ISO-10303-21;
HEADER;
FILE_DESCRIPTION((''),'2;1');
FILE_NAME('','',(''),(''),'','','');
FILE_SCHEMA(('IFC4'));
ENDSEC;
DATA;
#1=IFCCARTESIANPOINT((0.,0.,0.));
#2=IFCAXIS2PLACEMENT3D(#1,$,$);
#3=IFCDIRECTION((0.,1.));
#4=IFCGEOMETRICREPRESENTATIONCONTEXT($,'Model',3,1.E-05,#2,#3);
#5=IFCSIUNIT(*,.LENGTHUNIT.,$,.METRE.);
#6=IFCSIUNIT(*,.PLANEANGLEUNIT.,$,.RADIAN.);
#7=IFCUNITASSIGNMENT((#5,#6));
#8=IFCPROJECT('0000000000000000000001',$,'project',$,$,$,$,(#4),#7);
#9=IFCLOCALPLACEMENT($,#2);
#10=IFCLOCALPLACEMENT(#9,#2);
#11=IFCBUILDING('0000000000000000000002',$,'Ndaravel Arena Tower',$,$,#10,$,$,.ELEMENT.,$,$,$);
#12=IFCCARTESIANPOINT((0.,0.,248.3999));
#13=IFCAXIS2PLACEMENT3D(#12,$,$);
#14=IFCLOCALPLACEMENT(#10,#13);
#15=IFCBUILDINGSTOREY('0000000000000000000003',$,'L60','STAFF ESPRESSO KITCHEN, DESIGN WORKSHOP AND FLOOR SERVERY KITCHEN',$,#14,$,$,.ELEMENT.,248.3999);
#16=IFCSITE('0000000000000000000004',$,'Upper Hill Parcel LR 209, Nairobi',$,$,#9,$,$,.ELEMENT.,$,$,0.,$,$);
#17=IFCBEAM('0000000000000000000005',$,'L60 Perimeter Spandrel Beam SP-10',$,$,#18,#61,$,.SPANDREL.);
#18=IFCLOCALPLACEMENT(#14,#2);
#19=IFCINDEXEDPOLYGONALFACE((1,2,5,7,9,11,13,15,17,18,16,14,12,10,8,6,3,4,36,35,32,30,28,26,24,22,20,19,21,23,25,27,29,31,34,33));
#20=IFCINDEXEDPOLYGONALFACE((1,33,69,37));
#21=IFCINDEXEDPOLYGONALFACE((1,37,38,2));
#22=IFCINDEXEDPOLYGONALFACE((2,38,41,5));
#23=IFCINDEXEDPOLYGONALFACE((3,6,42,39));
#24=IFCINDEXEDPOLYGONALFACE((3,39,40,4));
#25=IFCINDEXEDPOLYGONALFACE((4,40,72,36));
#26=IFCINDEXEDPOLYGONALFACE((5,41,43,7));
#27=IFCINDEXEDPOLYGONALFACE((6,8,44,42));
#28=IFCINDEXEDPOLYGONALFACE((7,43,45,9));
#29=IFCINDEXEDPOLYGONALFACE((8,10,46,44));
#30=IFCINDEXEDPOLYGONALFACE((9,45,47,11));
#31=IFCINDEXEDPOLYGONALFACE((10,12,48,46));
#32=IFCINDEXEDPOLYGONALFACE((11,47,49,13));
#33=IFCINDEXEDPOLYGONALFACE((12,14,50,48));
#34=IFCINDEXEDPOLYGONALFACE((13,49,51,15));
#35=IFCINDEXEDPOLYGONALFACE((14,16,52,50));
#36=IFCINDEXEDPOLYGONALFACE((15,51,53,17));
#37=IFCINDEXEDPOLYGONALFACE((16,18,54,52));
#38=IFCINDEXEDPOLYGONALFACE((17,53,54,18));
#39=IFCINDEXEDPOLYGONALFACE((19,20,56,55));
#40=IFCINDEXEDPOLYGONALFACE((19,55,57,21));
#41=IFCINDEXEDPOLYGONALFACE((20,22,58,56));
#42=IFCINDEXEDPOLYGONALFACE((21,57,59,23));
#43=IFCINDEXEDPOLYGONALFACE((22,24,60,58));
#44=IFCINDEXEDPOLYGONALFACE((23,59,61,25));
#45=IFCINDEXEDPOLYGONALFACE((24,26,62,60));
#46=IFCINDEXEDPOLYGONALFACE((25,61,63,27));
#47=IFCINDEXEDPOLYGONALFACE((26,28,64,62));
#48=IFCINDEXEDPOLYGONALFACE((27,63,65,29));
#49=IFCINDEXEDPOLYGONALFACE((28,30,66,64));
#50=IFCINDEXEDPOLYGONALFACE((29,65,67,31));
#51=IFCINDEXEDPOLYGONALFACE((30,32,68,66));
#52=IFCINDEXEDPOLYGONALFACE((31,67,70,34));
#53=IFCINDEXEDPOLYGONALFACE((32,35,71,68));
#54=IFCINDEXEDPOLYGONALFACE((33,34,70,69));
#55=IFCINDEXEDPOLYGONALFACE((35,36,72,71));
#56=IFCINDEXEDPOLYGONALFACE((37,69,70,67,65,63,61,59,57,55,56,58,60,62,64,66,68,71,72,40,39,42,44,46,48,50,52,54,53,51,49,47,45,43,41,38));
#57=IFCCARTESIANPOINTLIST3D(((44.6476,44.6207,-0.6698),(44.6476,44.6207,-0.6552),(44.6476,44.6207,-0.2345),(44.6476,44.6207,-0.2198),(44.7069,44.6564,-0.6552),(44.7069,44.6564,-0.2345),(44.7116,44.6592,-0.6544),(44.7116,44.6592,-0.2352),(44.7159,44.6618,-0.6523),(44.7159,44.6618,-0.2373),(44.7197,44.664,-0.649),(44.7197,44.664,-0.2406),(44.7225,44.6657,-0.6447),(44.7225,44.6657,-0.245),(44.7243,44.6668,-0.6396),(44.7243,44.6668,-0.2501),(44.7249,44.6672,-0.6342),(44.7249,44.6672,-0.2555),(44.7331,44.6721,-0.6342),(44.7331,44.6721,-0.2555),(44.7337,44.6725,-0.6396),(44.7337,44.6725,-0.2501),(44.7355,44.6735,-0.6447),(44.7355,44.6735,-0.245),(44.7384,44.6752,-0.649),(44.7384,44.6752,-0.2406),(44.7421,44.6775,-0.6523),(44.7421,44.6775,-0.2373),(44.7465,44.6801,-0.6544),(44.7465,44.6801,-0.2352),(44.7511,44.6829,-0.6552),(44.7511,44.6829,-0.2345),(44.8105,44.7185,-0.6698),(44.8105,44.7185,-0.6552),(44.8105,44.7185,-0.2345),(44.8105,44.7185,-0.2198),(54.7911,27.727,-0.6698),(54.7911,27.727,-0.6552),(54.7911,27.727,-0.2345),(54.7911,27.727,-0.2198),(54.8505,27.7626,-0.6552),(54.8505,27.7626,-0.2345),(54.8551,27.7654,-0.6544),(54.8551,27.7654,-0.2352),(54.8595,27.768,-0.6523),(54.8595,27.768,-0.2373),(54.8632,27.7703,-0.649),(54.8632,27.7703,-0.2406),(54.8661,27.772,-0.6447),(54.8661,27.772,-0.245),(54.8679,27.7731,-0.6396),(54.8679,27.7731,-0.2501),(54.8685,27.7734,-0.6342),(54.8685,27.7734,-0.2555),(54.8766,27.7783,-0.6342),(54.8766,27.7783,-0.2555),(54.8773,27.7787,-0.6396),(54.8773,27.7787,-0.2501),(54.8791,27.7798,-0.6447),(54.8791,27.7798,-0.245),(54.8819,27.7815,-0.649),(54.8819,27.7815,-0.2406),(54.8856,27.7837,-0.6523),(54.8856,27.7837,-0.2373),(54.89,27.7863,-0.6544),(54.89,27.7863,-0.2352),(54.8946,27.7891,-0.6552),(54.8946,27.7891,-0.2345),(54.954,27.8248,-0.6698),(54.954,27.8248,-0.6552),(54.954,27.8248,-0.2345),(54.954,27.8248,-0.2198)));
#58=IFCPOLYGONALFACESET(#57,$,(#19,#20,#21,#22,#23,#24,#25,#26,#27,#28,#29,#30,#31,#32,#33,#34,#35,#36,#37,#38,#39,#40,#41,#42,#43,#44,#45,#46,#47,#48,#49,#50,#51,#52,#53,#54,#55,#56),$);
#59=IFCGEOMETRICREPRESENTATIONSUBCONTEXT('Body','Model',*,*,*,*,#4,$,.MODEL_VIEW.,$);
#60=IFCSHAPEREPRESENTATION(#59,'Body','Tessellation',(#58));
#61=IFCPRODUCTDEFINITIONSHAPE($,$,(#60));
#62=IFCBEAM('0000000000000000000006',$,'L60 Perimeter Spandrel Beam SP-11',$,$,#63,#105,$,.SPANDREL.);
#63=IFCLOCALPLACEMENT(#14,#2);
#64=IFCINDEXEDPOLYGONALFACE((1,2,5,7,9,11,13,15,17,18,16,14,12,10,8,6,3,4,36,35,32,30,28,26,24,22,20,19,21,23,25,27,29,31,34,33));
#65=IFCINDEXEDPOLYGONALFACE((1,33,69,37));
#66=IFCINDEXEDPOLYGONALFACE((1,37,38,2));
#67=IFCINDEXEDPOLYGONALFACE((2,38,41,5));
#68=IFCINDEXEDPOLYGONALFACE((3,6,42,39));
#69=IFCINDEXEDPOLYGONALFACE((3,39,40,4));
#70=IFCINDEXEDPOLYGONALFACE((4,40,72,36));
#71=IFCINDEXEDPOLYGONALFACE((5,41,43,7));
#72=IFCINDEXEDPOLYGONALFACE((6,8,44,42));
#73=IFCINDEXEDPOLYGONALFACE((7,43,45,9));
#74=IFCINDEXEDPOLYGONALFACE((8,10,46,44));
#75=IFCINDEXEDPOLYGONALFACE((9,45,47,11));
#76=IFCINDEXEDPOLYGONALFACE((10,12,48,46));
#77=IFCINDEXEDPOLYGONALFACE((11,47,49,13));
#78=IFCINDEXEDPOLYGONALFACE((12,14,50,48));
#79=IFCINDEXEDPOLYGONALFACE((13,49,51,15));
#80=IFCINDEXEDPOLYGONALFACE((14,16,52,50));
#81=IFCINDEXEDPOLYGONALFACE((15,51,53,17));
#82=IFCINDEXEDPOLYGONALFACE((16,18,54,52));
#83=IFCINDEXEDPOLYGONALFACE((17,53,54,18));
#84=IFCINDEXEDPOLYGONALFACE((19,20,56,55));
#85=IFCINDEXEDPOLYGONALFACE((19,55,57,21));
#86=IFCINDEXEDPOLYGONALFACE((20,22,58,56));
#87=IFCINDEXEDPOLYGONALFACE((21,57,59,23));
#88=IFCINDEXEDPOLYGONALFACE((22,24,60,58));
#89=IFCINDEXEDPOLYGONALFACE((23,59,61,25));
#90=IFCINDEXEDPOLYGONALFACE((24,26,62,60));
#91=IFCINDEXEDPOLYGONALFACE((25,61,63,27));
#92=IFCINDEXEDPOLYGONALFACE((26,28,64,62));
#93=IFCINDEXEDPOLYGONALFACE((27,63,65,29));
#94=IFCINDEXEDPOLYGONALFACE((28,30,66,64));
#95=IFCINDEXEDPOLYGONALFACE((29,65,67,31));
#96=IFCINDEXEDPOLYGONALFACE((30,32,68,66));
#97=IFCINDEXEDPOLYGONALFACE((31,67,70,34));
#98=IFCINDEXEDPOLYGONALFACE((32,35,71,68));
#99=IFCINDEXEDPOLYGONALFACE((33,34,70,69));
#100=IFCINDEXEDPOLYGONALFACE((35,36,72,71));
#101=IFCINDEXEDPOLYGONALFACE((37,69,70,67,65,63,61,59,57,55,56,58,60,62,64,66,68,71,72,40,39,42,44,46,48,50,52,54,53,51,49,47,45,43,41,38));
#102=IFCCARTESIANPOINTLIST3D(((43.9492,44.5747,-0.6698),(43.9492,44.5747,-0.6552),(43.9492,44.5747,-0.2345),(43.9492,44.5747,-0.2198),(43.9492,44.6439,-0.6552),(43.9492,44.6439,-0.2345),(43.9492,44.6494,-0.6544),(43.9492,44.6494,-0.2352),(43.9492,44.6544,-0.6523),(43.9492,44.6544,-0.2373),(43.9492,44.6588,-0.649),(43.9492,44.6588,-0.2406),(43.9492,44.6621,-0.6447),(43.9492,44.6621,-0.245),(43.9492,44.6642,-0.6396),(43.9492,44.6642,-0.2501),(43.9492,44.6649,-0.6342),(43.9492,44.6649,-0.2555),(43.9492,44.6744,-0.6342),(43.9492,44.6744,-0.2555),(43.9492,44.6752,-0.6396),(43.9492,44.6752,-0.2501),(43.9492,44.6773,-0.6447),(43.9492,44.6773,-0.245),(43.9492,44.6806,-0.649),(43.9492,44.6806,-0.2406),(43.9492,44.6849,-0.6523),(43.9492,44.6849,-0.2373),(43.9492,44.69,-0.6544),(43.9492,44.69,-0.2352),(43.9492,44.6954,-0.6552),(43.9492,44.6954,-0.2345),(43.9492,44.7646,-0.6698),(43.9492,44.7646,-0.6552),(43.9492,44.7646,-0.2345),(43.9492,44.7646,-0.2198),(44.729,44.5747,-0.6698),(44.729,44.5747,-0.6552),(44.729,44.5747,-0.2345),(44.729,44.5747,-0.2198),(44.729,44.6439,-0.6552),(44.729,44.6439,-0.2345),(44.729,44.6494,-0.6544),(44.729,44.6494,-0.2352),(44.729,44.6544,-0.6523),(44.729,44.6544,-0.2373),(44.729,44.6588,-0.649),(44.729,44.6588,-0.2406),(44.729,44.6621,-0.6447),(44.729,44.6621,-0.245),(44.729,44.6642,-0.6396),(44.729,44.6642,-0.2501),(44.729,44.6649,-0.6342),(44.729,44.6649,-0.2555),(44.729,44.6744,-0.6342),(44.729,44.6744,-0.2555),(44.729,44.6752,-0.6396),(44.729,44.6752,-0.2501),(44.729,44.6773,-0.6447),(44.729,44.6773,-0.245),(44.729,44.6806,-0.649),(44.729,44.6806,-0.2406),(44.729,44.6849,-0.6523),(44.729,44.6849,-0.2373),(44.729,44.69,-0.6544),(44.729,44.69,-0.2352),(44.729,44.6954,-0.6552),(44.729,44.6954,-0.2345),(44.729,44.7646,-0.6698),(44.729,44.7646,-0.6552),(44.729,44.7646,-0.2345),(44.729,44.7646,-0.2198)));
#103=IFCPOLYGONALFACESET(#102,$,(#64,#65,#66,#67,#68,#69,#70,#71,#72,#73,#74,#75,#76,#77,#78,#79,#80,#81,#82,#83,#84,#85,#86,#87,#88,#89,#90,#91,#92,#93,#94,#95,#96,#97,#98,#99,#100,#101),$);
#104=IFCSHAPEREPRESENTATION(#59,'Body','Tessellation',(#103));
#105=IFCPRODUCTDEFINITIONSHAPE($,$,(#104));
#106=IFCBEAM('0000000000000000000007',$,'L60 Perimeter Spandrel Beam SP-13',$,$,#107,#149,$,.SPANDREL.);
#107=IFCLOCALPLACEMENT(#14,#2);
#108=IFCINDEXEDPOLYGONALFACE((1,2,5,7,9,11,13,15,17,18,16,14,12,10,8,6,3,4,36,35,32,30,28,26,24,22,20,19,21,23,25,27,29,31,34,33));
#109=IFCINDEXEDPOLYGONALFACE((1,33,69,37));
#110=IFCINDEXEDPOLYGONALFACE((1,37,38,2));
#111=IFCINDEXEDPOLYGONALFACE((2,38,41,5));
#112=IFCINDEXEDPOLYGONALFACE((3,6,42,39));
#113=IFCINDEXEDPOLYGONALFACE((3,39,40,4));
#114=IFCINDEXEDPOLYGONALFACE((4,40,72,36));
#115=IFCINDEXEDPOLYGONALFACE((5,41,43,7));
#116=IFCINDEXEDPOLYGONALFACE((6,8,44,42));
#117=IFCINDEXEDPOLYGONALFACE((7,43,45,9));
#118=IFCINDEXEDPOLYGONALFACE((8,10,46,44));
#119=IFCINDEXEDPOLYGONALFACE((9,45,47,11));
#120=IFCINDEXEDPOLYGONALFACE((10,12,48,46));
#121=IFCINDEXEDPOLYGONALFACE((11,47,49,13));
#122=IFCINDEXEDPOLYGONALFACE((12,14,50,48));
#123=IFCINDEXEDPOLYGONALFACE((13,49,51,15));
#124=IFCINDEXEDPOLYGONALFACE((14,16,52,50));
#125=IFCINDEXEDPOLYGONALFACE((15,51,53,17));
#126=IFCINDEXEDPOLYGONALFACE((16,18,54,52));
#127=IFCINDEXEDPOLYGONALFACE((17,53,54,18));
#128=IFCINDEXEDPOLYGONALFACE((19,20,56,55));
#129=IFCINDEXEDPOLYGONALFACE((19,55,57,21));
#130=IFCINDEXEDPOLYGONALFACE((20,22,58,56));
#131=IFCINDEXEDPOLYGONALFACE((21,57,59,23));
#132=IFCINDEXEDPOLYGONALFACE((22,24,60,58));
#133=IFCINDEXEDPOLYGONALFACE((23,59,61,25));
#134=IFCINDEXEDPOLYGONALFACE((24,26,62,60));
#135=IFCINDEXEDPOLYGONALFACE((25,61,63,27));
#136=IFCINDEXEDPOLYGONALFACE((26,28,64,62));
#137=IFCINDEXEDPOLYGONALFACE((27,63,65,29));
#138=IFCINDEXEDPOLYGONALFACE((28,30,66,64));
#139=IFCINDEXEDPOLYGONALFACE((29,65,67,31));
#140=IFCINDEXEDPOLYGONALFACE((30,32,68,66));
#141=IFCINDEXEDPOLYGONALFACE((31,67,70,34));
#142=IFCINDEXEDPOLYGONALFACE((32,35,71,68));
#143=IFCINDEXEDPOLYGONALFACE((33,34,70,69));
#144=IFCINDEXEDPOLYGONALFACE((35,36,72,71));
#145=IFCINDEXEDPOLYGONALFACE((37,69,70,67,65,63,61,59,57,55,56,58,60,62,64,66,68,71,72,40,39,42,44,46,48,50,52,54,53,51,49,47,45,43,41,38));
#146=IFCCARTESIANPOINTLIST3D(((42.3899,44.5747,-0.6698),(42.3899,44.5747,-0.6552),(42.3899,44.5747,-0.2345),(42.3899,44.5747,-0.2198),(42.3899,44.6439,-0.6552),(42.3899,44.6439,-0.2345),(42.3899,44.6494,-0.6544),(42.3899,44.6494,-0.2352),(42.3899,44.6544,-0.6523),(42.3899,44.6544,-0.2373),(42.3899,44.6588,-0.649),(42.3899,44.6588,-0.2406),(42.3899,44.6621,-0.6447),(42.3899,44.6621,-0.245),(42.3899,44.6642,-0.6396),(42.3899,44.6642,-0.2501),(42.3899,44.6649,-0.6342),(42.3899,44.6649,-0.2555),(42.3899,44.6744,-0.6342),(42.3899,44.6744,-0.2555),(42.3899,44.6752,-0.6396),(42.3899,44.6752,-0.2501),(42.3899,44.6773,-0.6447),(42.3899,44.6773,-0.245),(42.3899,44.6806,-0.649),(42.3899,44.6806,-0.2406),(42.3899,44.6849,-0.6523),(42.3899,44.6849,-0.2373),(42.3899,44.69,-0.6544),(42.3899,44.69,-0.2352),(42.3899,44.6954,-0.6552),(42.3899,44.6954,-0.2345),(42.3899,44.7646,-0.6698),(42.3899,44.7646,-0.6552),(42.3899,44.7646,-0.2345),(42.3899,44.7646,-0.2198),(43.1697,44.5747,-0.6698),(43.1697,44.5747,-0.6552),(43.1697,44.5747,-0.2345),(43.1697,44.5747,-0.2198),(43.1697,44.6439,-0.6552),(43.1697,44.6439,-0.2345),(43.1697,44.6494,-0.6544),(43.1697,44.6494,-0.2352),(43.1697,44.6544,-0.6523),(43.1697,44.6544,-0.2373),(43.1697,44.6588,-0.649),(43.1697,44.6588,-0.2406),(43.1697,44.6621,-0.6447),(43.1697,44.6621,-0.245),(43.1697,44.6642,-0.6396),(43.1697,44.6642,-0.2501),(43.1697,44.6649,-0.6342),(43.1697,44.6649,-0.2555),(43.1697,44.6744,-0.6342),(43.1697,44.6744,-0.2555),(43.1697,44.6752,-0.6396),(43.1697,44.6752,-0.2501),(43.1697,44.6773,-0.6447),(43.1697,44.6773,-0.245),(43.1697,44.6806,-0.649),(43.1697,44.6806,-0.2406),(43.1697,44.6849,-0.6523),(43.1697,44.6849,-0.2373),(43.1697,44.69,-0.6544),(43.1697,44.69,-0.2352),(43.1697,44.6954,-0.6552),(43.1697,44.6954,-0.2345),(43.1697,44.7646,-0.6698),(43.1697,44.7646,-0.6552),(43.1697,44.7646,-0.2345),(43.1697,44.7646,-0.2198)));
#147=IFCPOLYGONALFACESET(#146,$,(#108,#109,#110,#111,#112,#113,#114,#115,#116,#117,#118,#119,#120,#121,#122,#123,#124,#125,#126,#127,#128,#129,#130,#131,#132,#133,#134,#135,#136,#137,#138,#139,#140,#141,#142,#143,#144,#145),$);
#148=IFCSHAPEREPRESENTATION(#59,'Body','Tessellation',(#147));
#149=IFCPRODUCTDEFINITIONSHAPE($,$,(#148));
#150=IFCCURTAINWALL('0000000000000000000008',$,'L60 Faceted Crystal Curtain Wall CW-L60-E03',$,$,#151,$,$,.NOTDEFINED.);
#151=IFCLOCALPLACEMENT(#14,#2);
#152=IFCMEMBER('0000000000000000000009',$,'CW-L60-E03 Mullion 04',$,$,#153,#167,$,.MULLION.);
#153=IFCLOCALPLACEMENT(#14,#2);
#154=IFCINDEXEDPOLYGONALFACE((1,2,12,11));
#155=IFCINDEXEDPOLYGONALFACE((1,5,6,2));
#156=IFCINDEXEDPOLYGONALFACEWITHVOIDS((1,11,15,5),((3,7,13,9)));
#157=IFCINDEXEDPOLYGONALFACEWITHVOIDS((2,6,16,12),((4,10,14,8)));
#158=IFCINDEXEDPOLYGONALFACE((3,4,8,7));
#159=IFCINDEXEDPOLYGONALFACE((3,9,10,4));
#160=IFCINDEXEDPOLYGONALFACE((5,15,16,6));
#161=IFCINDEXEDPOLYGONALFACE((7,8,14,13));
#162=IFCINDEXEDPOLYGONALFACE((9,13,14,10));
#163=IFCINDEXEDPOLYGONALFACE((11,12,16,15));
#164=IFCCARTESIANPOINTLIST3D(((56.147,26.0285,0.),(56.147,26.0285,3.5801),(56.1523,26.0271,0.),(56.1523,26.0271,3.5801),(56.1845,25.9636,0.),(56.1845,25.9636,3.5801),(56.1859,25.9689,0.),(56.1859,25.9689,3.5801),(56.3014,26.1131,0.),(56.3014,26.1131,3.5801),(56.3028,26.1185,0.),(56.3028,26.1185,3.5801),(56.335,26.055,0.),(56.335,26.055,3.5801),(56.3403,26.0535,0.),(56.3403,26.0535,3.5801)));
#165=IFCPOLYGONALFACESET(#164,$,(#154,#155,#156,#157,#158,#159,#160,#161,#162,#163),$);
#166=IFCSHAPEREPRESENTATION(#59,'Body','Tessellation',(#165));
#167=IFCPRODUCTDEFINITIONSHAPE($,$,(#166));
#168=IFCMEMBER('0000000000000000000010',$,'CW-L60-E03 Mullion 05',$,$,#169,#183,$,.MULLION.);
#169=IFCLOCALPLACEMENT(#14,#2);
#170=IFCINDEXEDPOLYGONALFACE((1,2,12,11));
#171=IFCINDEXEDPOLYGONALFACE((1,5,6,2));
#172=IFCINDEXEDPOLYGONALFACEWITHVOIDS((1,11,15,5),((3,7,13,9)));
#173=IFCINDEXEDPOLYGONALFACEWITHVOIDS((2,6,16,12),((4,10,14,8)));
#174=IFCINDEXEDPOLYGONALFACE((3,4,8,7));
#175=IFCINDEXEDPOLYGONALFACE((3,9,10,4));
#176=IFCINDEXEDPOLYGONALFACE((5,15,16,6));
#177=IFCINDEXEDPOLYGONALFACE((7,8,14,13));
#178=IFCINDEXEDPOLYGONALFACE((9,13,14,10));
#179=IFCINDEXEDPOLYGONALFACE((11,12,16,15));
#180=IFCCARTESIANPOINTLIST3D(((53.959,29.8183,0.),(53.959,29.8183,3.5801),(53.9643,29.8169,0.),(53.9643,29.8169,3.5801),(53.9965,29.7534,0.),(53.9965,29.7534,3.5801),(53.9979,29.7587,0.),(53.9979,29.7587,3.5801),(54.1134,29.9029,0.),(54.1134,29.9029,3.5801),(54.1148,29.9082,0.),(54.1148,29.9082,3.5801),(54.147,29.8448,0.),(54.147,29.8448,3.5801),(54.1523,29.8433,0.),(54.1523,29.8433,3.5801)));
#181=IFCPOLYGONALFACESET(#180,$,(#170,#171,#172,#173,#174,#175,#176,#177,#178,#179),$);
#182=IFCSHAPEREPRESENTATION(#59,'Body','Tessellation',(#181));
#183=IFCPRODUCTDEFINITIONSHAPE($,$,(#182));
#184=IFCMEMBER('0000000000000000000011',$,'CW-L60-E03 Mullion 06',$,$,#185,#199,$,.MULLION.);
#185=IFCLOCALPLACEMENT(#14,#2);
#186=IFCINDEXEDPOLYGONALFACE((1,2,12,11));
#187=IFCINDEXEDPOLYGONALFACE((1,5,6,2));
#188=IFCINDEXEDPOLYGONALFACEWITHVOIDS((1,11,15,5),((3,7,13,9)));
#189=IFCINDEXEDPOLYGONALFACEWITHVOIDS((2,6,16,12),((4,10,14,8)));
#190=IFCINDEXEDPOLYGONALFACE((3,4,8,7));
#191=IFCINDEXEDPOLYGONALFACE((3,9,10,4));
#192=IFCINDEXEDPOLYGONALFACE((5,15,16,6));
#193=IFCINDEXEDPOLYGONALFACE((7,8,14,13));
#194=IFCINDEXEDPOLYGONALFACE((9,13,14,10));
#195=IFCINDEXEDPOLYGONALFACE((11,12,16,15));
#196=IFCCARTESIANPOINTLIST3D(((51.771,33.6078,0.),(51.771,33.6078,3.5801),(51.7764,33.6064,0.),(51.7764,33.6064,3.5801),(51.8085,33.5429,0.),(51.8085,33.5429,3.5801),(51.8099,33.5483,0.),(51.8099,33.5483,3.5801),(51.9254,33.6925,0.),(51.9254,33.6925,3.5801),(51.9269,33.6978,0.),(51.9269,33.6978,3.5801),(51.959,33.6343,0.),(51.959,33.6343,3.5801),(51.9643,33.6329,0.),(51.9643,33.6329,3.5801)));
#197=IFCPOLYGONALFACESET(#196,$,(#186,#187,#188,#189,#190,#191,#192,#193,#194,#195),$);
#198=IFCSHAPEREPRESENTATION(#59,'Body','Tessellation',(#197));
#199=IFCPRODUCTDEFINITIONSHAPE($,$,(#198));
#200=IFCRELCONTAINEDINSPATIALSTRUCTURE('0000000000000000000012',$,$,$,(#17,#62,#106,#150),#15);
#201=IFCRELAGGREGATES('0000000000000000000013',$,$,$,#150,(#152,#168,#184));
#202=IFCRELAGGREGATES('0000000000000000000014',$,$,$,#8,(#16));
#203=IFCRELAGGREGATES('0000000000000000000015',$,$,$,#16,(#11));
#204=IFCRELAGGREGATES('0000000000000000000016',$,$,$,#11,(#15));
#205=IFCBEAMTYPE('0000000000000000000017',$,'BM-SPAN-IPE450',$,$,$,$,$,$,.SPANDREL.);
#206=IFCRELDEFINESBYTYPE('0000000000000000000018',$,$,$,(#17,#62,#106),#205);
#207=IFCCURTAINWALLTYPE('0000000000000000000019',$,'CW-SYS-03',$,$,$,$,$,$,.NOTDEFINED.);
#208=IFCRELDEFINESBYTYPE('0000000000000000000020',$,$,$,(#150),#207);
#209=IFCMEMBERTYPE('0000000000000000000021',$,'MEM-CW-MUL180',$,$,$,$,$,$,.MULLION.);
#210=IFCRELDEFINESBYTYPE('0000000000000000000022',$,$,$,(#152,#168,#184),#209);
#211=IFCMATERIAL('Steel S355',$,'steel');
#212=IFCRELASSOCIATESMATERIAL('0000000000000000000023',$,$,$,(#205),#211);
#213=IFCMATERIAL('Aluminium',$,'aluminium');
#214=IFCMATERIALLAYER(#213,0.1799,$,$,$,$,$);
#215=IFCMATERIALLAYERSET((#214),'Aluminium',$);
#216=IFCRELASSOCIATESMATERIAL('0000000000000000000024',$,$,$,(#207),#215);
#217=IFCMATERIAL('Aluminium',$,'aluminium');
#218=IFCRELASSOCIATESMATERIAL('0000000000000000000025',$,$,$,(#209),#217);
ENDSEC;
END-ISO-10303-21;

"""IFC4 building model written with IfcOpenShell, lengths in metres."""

from ifc_helpers import new_model, si_unit, direction, frame, origin, origin_2d, place, context, subcontext, project, spatial, hollow_rectangle, i_section, extrude, material, layer, layer_set, material_profile, profile_set, type_object, element, aggregate, save


model = new_model("IFC4")

# Units and contexts
model_context = context("Model", 3, precision=1e-05, world=origin(), true_north=direction((0.0, 1.0)))
body_context = subcontext(model_context, "Body", "Model", "MODEL_VIEW")
ifc_project = project(units=[si_unit("LENGTHUNIT", "METRE"), si_unit("PLANEANGLEUNIT", "RADIAN")], contexts=[model_context])

# Site, building, storey
site_placement = place(None, origin())
site = spatial("IfcSite", under=ifc_project, at=site_placement, Name="Upper Hill Parcel LR 209, Nairobi", CompositionType="ELEMENT", RefElevation=0.0)
building_placement = place(site_placement, origin())
building = spatial("IfcBuilding", under=site, at=building_placement, Name="Ndaravel Arena Tower", CompositionType="ELEMENT")
storey_placement = place(building_placement, frame((0.0, 0.0, 248.3999)))
storey = spatial("IfcBuildingStorey", under=building, at=storey_placement, Name="L60", Description="STAFF ESPRESSO KITCHEN, DESIGN WORKSHOP AND FLOOR SERVERY KITCHEN", CompositionType="ELEMENT", Elevation=248.3999)

# Beams
ifc_material_1 = material(Name="Steel S355", Category="steel")
ifc_material_profile_1 = material_profile(ifc_material_1, i_section(OverallWidth=0.1899, OverallDepth=0.45, WebThickness=0.0095, FlangeThickness=0.0146, FilletRadius=0.021, at=origin_2d()), Name="IPE 450")
ifc_profile_set_1 = profile_set([ifc_material_profile_1], Name="Steel S355")
beam_type_1 = type_object("IfcBeamType", Name="BM-SPAN-IPE450", PredefinedType="SPANDREL", material=ifc_profile_set_1)
beam_1_placement = place(storey_placement, frame((54.8726, 27.7759, -0.4448), z_axis=(-0.514767, 0.85733, 0.0), x_axis=(-0.85733, -0.514767, 0.0)))
element("IfcBeam", 1, at=beam_1_placement, inside=storey, type_object=beam_type_1, Name="L60 Perimeter Spandrel Beam SP-10", PredefinedType="SPANDREL", context=body_context, shape_type="SweptSolid", body=[
    extrude(i_section(OverallWidth=0.1899, OverallDepth=0.45, WebThickness=0.0095, FlangeThickness=0.0146, FilletRadius=0.021, at=origin_2d()), origin(), (0.0, 0.0, 1.0), 19.7051),
])
for number, where, z_axis, x_axis, name in (
    (2, (44.729, 44.6697, -0.4448), (-1.0, 0.0, 0.0), (0.0, -1.0, 0.0), "L60 Perimeter Spandrel Beam SP-11"),
    (3, (43.1697, 44.6697, -0.4448), (-1.0, 0.0, 0.0), (0.0, -1.0, 0.0), "L60 Perimeter Spandrel Beam SP-13"),
):
    element("IfcBeam", number, at=place(storey_placement, frame(where, z_axis=z_axis, x_axis=x_axis)), inside=storey, type_object=beam_type_1, Name=name, PredefinedType="SPANDREL", context=body_context, shape_type="SweptSolid", body=[
        extrude(i_section(OverallWidth=0.1899, OverallDepth=0.45, WebThickness=0.0095, FlangeThickness=0.0146, FilletRadius=0.021, at=origin_2d()), origin(), (0.0, 0.0, 1.0), 0.7798),
    ])

# Curtain wall, members
ifc_material_2 = material(Name="Aluminium", Category="aluminium")
ifc_layer_1 = layer(ifc_material_2, 0.1799)
ifc_layer_set_1 = layer_set([ifc_layer_1], Name="Aluminium")
curtain_wall_type_1 = type_object("IfcCurtainWallType", Name="CW-SYS-03", PredefinedType="NOTDEFINED", material=ifc_layer_set_1)
curtain_wall_1_placement = place(storey_placement, origin())
curtain_wall_1 = element("IfcCurtainWall", 4, at=curtain_wall_1_placement, inside=storey, type_object=curtain_wall_type_1, Name="L60 Faceted Crystal Curtain Wall CW-L60-E03", PredefinedType="NOTDEFINED")
ifc_material_3 = material(Name="Aluminium", Category="aluminium")
ifc_material_profile_2 = material_profile(ifc_material_3, hollow_rectangle(XDim=0.075, YDim=0.1799, WallThickness=0.0039, at=origin_2d()), Name="CW MULLION 75x180x4")
ifc_profile_set_2 = profile_set([ifc_material_profile_2], Name="Aluminium")
member_type_1 = type_object("IfcMemberType", Name="MEM-CW-MUL180", PredefinedType="MULLION", material=ifc_profile_set_2)
member_1_placement = place(storey_placement, frame((56.2437, 26.041, 0.0), z_axis=(0.0, 0.0, 1.0), x_axis=(-0.5, 0.866025, 0.0)))
member_1 = element("IfcMember", 5, at=member_1_placement, type_object=member_type_1, Name="CW-L60-E03 Mullion 04", PredefinedType="MULLION", context=body_context, shape_type="SweptSolid", body=[
    extrude(hollow_rectangle(XDim=0.075, YDim=0.1799, WallThickness=0.0039, at=origin_2d()), origin(), (0.0, 0.0, 1.0), 3.5801),
])
member_2_placement = place(storey_placement, frame((54.0557, 29.8308, 0.0), z_axis=(0.0, 0.0, 1.0), x_axis=(-0.5, 0.866025, 0.0)))
member_2 = element("IfcMember", 6, at=member_2_placement, type_object=member_type_1, Name="CW-L60-E03 Mullion 05", PredefinedType="MULLION", context=body_context, shape_type="SweptSolid", body=[
    extrude(hollow_rectangle(XDim=0.075, YDim=0.1799, WallThickness=0.0039, at=origin_2d()), origin(), (0.0, 0.0, 1.0), 3.5801),
])
member_3_placement = place(storey_placement, frame((51.8677, 33.6204, 0.0), z_axis=(0.0, 0.0, 1.0), x_axis=(-0.5, 0.866025, 0.0)))
member_3 = element("IfcMember", 7, at=member_3_placement, type_object=member_type_1, Name="CW-L60-E03 Mullion 06", PredefinedType="MULLION", context=body_context, shape_type="SweptSolid", body=[
    extrude(hollow_rectangle(XDim=0.075, YDim=0.1799, WallThickness=0.0039, at=origin_2d()), origin(), (0.0, 0.0, 1.0), 3.5801),
])

aggregate(curtain_wall_1, [member_1, member_2, member_3])

save(model, "model.ifc")
